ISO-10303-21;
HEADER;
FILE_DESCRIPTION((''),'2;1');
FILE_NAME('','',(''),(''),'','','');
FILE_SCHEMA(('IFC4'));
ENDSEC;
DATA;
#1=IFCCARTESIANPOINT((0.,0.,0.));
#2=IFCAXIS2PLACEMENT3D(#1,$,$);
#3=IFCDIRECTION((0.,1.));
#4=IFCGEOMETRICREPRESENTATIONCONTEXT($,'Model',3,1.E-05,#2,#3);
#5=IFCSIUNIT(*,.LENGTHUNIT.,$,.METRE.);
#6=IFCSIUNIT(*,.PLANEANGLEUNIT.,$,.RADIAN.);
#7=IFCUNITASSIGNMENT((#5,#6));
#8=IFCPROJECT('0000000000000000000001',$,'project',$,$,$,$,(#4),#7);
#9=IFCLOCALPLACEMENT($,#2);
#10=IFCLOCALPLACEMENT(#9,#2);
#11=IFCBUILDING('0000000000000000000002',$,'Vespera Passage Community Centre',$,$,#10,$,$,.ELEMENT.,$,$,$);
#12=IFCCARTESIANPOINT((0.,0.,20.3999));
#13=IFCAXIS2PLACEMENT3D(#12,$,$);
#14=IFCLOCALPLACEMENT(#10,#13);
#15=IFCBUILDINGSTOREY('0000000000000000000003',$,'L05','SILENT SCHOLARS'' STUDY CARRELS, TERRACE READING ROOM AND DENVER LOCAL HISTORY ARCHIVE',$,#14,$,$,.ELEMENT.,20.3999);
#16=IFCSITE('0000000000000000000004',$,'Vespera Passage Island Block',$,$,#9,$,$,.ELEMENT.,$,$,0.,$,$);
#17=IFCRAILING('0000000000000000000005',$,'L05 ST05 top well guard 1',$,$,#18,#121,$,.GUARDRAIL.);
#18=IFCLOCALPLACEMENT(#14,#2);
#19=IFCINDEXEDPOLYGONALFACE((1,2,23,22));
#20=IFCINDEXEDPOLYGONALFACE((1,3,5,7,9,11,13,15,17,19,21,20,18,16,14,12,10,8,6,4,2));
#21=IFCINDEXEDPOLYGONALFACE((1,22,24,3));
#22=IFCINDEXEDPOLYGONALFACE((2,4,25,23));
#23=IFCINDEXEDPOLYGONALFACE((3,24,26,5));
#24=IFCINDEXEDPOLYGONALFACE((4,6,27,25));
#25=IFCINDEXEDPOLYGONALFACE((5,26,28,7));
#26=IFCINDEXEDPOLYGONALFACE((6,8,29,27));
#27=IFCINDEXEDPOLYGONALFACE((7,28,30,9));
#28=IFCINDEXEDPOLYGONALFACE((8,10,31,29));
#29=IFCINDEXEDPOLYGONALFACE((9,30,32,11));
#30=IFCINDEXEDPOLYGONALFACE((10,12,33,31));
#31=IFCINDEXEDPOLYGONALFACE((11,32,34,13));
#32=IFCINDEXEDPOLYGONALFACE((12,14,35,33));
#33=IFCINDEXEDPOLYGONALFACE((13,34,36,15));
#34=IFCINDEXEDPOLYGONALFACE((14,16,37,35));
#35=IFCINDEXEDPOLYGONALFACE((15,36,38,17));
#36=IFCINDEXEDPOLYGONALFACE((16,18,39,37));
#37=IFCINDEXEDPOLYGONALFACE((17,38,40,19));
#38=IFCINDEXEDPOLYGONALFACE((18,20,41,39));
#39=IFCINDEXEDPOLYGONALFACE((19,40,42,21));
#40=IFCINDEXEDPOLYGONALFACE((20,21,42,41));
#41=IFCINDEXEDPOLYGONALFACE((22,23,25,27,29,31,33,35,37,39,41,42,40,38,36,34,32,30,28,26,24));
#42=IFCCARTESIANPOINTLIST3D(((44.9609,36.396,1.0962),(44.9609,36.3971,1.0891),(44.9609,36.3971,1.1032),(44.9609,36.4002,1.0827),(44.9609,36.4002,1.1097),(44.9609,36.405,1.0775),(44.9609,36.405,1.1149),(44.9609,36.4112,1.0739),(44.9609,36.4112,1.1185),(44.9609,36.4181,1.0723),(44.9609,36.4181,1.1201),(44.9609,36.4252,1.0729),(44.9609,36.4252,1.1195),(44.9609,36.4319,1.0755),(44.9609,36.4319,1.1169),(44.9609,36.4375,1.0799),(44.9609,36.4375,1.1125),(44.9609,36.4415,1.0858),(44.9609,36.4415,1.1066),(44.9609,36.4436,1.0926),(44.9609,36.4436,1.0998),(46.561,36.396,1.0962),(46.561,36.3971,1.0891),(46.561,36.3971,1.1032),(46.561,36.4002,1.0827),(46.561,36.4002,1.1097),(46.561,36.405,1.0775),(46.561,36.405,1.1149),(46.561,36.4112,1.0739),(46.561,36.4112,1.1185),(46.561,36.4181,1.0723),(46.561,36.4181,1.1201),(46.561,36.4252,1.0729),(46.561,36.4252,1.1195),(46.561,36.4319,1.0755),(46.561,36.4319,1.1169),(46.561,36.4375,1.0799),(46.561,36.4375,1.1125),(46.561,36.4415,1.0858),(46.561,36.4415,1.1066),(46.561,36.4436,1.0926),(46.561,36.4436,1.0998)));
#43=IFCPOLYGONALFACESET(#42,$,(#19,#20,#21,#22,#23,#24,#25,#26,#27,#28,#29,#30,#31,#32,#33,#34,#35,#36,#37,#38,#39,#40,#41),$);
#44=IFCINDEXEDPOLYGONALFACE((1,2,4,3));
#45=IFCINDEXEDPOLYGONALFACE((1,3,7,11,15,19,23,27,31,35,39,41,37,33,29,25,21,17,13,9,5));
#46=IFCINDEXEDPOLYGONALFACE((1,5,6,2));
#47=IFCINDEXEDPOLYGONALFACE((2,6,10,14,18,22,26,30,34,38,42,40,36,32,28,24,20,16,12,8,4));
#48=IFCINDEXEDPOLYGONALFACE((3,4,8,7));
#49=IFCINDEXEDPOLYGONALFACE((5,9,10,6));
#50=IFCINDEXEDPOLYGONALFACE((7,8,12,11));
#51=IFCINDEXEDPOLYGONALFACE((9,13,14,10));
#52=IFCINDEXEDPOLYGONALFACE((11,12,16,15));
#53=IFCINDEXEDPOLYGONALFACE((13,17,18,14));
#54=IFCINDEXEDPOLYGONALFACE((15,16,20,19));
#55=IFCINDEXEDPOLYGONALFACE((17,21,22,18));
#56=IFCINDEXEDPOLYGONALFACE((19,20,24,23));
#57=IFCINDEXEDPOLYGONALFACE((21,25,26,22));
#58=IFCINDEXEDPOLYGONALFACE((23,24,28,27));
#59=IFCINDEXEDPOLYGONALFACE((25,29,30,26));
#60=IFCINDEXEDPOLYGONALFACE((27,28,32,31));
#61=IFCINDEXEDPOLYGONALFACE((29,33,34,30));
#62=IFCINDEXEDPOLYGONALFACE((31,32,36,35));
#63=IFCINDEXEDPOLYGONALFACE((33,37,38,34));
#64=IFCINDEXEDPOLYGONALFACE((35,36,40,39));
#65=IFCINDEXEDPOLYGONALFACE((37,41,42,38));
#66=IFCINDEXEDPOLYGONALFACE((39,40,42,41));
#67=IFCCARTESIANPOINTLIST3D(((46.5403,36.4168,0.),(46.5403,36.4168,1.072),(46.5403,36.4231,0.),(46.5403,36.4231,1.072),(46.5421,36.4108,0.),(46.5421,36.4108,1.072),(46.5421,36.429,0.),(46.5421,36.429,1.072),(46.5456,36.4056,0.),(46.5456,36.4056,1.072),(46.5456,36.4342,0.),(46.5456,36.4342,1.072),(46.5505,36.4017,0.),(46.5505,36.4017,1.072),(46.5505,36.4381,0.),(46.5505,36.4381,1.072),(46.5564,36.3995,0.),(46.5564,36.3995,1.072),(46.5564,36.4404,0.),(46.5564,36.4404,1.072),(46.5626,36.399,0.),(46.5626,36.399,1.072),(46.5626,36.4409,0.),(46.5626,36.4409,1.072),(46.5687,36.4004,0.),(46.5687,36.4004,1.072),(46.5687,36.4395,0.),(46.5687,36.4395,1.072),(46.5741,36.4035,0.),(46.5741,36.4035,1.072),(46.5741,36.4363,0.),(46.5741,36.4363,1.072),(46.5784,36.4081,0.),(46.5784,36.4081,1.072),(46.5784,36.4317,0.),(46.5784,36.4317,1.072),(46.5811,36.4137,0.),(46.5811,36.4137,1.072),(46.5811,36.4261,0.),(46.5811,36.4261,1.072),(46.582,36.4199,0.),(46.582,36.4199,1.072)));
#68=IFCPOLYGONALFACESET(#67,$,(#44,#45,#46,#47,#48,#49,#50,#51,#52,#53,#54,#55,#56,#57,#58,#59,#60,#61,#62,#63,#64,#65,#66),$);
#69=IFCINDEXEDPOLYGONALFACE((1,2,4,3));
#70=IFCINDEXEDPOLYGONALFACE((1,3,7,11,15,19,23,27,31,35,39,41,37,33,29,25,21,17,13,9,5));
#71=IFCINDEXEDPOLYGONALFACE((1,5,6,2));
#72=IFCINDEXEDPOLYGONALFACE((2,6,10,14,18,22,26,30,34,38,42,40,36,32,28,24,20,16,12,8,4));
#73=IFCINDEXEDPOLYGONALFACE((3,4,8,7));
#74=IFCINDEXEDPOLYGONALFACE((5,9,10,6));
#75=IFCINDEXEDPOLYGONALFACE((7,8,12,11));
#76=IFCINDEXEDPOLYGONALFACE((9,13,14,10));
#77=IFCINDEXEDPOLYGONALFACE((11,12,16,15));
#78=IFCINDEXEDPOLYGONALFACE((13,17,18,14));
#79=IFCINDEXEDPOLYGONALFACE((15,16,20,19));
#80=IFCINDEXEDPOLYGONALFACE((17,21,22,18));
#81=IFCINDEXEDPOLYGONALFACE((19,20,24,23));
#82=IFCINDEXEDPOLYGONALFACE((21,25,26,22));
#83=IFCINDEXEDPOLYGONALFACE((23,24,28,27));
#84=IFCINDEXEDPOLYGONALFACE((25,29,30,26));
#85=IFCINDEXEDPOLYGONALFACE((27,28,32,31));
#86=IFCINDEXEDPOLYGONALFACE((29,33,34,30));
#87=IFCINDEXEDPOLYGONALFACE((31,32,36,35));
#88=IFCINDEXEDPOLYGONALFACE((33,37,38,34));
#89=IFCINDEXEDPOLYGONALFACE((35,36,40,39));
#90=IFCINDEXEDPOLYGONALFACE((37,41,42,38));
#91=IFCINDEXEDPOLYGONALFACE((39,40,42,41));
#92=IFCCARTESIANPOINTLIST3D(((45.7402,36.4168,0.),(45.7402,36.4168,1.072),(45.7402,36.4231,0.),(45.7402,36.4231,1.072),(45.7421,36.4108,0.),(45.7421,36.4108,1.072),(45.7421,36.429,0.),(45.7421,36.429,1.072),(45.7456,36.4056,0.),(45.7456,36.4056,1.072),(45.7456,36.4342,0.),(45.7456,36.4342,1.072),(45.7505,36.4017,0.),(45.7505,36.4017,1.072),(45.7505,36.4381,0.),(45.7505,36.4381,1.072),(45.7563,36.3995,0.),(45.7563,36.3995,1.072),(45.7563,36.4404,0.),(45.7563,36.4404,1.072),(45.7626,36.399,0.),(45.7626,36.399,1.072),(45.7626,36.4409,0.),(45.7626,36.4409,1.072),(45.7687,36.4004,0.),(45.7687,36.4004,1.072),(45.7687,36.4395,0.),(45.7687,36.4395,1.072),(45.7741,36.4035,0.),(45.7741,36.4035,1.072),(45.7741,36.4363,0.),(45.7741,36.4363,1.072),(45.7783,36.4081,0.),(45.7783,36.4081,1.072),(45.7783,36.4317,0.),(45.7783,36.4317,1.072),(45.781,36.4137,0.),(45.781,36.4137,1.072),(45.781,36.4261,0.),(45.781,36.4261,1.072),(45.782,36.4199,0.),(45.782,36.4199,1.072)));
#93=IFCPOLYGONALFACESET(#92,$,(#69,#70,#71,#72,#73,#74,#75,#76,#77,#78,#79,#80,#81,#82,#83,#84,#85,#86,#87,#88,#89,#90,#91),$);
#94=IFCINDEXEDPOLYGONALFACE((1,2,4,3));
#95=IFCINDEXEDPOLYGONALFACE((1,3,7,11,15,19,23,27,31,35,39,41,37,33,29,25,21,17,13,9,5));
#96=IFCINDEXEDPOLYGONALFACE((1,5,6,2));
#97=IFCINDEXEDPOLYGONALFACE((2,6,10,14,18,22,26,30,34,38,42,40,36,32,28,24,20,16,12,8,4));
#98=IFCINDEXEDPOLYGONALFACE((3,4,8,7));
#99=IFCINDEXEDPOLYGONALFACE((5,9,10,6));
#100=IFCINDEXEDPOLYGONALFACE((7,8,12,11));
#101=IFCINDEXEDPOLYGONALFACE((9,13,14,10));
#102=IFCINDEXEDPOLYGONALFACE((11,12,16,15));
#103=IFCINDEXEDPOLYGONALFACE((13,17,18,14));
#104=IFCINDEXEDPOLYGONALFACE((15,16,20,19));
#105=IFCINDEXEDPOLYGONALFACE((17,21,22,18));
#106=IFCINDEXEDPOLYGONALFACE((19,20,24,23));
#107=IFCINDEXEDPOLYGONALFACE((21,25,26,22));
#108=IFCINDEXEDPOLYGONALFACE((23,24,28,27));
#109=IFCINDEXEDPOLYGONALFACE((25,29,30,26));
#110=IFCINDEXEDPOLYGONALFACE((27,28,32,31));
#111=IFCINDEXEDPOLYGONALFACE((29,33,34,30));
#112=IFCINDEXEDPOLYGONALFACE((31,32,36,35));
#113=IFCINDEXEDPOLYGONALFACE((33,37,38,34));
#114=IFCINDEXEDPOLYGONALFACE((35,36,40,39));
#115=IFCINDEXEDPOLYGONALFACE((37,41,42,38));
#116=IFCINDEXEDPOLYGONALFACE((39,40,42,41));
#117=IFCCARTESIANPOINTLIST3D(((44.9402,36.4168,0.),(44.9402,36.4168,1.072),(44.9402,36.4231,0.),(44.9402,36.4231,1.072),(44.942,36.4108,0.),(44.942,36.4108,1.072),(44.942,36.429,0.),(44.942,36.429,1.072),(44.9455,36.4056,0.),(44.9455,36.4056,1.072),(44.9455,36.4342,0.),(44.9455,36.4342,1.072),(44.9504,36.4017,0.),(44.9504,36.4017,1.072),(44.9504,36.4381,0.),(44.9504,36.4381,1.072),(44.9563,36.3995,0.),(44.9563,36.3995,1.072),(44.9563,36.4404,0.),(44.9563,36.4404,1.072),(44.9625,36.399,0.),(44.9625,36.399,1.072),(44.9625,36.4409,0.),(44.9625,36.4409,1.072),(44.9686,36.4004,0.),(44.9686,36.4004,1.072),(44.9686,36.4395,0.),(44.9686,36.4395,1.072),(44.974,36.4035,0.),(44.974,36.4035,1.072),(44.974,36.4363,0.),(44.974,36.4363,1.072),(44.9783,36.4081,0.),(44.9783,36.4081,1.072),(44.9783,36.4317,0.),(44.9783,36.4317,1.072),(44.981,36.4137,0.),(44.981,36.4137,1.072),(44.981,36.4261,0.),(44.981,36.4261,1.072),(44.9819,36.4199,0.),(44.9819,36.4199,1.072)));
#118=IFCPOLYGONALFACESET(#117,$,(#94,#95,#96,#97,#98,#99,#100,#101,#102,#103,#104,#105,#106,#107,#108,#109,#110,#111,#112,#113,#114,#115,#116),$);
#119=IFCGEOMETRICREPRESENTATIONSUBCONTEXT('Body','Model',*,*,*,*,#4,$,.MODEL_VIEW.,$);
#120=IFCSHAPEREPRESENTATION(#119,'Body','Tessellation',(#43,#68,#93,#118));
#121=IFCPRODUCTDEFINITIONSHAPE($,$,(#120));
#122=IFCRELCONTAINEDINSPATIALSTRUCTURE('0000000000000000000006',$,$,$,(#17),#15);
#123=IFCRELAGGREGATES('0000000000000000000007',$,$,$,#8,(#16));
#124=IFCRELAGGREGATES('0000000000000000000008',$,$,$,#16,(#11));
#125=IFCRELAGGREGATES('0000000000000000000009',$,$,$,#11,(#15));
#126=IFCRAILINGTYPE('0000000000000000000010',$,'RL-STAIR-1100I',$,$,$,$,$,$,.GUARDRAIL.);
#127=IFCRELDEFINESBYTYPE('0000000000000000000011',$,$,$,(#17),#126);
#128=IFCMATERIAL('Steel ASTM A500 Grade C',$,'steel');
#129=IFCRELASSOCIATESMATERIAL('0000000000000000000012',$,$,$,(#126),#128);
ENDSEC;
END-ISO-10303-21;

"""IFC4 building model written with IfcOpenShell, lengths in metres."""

from ifc_helpers import new_model, si_unit, direction, frame, origin, origin_2d, place, context, subcontext, project, spatial, circle, extrude, material, type_object, element, save


model = new_model("IFC4")

# Units and contexts
model_context = context("Model", 3, precision=1e-05, world=origin(), true_north=direction((0.0, 1.0)))
body_context = subcontext(model_context, "Body", "Model", "MODEL_VIEW")
ifc_project = project(units=[si_unit("LENGTHUNIT", "METRE"), si_unit("PLANEANGLEUNIT", "RADIAN")], contexts=[model_context])

# Site, building, storey
site_placement = place(None, origin())
site = spatial("IfcSite", under=ifc_project, at=site_placement, Name="Vespera Passage Island Block", CompositionType="ELEMENT", RefElevation=0.0)
building_placement = place(site_placement, origin())
building = spatial("IfcBuilding", under=site, at=building_placement, Name="Vespera Passage Community Centre", CompositionType="ELEMENT")
storey_placement = place(building_placement, frame((0.0, 0.0, 20.3999)))
storey = spatial("IfcBuildingStorey", under=building, at=storey_placement, Name="L05", Description="SILENT SCHOLARS' STUDY CARRELS, TERRACE READING ROOM AND DENVER LOCAL HISTORY ARCHIVE", CompositionType="ELEMENT", Elevation=20.3999)

# Railing
ifc_material_1 = material(Name="Steel ASTM A500 Grade C", Category="steel")
railing_type = type_object("IfcRailingType", Name="RL-STAIR-1100I", PredefinedType="GUARDRAIL", material=ifc_material_1)
railing_1_placement = place(storey_placement, frame((46.561, 36.4199, 0.0)))
element("IfcRailing", 1, at=railing_1_placement, inside=storey, type_object=railing_type, Name="L05 ST05 top well guard 1", PredefinedType="GUARDRAIL", context=body_context, shape_type="SweptSolid", body=[
    extrude(circle(Radius=0.0239, at=origin_2d()), frame((0.0, 0.0, 1.0962), z_axis=(-1.0, 0.0, 0.0), x_axis=(0.0, -1.0, 0.0)), (0.0, 0.0, 1.0), 1.6001),
    extrude(circle(Radius=0.021, at=origin_2d()), origin(), (0.0, 0.0, 1.0), 1.072),
    extrude(circle(Radius=0.021, at=origin_2d()), frame((-0.8, 0.0, 0.0)), (0.0, 0.0, 1.0), 1.072),
    extrude(circle(Radius=0.021, at=origin_2d()), frame((-1.6001, 0.0, 0.0)), (0.0, 0.0, 1.0), 1.072),
])

save(model, "model.ifc")
